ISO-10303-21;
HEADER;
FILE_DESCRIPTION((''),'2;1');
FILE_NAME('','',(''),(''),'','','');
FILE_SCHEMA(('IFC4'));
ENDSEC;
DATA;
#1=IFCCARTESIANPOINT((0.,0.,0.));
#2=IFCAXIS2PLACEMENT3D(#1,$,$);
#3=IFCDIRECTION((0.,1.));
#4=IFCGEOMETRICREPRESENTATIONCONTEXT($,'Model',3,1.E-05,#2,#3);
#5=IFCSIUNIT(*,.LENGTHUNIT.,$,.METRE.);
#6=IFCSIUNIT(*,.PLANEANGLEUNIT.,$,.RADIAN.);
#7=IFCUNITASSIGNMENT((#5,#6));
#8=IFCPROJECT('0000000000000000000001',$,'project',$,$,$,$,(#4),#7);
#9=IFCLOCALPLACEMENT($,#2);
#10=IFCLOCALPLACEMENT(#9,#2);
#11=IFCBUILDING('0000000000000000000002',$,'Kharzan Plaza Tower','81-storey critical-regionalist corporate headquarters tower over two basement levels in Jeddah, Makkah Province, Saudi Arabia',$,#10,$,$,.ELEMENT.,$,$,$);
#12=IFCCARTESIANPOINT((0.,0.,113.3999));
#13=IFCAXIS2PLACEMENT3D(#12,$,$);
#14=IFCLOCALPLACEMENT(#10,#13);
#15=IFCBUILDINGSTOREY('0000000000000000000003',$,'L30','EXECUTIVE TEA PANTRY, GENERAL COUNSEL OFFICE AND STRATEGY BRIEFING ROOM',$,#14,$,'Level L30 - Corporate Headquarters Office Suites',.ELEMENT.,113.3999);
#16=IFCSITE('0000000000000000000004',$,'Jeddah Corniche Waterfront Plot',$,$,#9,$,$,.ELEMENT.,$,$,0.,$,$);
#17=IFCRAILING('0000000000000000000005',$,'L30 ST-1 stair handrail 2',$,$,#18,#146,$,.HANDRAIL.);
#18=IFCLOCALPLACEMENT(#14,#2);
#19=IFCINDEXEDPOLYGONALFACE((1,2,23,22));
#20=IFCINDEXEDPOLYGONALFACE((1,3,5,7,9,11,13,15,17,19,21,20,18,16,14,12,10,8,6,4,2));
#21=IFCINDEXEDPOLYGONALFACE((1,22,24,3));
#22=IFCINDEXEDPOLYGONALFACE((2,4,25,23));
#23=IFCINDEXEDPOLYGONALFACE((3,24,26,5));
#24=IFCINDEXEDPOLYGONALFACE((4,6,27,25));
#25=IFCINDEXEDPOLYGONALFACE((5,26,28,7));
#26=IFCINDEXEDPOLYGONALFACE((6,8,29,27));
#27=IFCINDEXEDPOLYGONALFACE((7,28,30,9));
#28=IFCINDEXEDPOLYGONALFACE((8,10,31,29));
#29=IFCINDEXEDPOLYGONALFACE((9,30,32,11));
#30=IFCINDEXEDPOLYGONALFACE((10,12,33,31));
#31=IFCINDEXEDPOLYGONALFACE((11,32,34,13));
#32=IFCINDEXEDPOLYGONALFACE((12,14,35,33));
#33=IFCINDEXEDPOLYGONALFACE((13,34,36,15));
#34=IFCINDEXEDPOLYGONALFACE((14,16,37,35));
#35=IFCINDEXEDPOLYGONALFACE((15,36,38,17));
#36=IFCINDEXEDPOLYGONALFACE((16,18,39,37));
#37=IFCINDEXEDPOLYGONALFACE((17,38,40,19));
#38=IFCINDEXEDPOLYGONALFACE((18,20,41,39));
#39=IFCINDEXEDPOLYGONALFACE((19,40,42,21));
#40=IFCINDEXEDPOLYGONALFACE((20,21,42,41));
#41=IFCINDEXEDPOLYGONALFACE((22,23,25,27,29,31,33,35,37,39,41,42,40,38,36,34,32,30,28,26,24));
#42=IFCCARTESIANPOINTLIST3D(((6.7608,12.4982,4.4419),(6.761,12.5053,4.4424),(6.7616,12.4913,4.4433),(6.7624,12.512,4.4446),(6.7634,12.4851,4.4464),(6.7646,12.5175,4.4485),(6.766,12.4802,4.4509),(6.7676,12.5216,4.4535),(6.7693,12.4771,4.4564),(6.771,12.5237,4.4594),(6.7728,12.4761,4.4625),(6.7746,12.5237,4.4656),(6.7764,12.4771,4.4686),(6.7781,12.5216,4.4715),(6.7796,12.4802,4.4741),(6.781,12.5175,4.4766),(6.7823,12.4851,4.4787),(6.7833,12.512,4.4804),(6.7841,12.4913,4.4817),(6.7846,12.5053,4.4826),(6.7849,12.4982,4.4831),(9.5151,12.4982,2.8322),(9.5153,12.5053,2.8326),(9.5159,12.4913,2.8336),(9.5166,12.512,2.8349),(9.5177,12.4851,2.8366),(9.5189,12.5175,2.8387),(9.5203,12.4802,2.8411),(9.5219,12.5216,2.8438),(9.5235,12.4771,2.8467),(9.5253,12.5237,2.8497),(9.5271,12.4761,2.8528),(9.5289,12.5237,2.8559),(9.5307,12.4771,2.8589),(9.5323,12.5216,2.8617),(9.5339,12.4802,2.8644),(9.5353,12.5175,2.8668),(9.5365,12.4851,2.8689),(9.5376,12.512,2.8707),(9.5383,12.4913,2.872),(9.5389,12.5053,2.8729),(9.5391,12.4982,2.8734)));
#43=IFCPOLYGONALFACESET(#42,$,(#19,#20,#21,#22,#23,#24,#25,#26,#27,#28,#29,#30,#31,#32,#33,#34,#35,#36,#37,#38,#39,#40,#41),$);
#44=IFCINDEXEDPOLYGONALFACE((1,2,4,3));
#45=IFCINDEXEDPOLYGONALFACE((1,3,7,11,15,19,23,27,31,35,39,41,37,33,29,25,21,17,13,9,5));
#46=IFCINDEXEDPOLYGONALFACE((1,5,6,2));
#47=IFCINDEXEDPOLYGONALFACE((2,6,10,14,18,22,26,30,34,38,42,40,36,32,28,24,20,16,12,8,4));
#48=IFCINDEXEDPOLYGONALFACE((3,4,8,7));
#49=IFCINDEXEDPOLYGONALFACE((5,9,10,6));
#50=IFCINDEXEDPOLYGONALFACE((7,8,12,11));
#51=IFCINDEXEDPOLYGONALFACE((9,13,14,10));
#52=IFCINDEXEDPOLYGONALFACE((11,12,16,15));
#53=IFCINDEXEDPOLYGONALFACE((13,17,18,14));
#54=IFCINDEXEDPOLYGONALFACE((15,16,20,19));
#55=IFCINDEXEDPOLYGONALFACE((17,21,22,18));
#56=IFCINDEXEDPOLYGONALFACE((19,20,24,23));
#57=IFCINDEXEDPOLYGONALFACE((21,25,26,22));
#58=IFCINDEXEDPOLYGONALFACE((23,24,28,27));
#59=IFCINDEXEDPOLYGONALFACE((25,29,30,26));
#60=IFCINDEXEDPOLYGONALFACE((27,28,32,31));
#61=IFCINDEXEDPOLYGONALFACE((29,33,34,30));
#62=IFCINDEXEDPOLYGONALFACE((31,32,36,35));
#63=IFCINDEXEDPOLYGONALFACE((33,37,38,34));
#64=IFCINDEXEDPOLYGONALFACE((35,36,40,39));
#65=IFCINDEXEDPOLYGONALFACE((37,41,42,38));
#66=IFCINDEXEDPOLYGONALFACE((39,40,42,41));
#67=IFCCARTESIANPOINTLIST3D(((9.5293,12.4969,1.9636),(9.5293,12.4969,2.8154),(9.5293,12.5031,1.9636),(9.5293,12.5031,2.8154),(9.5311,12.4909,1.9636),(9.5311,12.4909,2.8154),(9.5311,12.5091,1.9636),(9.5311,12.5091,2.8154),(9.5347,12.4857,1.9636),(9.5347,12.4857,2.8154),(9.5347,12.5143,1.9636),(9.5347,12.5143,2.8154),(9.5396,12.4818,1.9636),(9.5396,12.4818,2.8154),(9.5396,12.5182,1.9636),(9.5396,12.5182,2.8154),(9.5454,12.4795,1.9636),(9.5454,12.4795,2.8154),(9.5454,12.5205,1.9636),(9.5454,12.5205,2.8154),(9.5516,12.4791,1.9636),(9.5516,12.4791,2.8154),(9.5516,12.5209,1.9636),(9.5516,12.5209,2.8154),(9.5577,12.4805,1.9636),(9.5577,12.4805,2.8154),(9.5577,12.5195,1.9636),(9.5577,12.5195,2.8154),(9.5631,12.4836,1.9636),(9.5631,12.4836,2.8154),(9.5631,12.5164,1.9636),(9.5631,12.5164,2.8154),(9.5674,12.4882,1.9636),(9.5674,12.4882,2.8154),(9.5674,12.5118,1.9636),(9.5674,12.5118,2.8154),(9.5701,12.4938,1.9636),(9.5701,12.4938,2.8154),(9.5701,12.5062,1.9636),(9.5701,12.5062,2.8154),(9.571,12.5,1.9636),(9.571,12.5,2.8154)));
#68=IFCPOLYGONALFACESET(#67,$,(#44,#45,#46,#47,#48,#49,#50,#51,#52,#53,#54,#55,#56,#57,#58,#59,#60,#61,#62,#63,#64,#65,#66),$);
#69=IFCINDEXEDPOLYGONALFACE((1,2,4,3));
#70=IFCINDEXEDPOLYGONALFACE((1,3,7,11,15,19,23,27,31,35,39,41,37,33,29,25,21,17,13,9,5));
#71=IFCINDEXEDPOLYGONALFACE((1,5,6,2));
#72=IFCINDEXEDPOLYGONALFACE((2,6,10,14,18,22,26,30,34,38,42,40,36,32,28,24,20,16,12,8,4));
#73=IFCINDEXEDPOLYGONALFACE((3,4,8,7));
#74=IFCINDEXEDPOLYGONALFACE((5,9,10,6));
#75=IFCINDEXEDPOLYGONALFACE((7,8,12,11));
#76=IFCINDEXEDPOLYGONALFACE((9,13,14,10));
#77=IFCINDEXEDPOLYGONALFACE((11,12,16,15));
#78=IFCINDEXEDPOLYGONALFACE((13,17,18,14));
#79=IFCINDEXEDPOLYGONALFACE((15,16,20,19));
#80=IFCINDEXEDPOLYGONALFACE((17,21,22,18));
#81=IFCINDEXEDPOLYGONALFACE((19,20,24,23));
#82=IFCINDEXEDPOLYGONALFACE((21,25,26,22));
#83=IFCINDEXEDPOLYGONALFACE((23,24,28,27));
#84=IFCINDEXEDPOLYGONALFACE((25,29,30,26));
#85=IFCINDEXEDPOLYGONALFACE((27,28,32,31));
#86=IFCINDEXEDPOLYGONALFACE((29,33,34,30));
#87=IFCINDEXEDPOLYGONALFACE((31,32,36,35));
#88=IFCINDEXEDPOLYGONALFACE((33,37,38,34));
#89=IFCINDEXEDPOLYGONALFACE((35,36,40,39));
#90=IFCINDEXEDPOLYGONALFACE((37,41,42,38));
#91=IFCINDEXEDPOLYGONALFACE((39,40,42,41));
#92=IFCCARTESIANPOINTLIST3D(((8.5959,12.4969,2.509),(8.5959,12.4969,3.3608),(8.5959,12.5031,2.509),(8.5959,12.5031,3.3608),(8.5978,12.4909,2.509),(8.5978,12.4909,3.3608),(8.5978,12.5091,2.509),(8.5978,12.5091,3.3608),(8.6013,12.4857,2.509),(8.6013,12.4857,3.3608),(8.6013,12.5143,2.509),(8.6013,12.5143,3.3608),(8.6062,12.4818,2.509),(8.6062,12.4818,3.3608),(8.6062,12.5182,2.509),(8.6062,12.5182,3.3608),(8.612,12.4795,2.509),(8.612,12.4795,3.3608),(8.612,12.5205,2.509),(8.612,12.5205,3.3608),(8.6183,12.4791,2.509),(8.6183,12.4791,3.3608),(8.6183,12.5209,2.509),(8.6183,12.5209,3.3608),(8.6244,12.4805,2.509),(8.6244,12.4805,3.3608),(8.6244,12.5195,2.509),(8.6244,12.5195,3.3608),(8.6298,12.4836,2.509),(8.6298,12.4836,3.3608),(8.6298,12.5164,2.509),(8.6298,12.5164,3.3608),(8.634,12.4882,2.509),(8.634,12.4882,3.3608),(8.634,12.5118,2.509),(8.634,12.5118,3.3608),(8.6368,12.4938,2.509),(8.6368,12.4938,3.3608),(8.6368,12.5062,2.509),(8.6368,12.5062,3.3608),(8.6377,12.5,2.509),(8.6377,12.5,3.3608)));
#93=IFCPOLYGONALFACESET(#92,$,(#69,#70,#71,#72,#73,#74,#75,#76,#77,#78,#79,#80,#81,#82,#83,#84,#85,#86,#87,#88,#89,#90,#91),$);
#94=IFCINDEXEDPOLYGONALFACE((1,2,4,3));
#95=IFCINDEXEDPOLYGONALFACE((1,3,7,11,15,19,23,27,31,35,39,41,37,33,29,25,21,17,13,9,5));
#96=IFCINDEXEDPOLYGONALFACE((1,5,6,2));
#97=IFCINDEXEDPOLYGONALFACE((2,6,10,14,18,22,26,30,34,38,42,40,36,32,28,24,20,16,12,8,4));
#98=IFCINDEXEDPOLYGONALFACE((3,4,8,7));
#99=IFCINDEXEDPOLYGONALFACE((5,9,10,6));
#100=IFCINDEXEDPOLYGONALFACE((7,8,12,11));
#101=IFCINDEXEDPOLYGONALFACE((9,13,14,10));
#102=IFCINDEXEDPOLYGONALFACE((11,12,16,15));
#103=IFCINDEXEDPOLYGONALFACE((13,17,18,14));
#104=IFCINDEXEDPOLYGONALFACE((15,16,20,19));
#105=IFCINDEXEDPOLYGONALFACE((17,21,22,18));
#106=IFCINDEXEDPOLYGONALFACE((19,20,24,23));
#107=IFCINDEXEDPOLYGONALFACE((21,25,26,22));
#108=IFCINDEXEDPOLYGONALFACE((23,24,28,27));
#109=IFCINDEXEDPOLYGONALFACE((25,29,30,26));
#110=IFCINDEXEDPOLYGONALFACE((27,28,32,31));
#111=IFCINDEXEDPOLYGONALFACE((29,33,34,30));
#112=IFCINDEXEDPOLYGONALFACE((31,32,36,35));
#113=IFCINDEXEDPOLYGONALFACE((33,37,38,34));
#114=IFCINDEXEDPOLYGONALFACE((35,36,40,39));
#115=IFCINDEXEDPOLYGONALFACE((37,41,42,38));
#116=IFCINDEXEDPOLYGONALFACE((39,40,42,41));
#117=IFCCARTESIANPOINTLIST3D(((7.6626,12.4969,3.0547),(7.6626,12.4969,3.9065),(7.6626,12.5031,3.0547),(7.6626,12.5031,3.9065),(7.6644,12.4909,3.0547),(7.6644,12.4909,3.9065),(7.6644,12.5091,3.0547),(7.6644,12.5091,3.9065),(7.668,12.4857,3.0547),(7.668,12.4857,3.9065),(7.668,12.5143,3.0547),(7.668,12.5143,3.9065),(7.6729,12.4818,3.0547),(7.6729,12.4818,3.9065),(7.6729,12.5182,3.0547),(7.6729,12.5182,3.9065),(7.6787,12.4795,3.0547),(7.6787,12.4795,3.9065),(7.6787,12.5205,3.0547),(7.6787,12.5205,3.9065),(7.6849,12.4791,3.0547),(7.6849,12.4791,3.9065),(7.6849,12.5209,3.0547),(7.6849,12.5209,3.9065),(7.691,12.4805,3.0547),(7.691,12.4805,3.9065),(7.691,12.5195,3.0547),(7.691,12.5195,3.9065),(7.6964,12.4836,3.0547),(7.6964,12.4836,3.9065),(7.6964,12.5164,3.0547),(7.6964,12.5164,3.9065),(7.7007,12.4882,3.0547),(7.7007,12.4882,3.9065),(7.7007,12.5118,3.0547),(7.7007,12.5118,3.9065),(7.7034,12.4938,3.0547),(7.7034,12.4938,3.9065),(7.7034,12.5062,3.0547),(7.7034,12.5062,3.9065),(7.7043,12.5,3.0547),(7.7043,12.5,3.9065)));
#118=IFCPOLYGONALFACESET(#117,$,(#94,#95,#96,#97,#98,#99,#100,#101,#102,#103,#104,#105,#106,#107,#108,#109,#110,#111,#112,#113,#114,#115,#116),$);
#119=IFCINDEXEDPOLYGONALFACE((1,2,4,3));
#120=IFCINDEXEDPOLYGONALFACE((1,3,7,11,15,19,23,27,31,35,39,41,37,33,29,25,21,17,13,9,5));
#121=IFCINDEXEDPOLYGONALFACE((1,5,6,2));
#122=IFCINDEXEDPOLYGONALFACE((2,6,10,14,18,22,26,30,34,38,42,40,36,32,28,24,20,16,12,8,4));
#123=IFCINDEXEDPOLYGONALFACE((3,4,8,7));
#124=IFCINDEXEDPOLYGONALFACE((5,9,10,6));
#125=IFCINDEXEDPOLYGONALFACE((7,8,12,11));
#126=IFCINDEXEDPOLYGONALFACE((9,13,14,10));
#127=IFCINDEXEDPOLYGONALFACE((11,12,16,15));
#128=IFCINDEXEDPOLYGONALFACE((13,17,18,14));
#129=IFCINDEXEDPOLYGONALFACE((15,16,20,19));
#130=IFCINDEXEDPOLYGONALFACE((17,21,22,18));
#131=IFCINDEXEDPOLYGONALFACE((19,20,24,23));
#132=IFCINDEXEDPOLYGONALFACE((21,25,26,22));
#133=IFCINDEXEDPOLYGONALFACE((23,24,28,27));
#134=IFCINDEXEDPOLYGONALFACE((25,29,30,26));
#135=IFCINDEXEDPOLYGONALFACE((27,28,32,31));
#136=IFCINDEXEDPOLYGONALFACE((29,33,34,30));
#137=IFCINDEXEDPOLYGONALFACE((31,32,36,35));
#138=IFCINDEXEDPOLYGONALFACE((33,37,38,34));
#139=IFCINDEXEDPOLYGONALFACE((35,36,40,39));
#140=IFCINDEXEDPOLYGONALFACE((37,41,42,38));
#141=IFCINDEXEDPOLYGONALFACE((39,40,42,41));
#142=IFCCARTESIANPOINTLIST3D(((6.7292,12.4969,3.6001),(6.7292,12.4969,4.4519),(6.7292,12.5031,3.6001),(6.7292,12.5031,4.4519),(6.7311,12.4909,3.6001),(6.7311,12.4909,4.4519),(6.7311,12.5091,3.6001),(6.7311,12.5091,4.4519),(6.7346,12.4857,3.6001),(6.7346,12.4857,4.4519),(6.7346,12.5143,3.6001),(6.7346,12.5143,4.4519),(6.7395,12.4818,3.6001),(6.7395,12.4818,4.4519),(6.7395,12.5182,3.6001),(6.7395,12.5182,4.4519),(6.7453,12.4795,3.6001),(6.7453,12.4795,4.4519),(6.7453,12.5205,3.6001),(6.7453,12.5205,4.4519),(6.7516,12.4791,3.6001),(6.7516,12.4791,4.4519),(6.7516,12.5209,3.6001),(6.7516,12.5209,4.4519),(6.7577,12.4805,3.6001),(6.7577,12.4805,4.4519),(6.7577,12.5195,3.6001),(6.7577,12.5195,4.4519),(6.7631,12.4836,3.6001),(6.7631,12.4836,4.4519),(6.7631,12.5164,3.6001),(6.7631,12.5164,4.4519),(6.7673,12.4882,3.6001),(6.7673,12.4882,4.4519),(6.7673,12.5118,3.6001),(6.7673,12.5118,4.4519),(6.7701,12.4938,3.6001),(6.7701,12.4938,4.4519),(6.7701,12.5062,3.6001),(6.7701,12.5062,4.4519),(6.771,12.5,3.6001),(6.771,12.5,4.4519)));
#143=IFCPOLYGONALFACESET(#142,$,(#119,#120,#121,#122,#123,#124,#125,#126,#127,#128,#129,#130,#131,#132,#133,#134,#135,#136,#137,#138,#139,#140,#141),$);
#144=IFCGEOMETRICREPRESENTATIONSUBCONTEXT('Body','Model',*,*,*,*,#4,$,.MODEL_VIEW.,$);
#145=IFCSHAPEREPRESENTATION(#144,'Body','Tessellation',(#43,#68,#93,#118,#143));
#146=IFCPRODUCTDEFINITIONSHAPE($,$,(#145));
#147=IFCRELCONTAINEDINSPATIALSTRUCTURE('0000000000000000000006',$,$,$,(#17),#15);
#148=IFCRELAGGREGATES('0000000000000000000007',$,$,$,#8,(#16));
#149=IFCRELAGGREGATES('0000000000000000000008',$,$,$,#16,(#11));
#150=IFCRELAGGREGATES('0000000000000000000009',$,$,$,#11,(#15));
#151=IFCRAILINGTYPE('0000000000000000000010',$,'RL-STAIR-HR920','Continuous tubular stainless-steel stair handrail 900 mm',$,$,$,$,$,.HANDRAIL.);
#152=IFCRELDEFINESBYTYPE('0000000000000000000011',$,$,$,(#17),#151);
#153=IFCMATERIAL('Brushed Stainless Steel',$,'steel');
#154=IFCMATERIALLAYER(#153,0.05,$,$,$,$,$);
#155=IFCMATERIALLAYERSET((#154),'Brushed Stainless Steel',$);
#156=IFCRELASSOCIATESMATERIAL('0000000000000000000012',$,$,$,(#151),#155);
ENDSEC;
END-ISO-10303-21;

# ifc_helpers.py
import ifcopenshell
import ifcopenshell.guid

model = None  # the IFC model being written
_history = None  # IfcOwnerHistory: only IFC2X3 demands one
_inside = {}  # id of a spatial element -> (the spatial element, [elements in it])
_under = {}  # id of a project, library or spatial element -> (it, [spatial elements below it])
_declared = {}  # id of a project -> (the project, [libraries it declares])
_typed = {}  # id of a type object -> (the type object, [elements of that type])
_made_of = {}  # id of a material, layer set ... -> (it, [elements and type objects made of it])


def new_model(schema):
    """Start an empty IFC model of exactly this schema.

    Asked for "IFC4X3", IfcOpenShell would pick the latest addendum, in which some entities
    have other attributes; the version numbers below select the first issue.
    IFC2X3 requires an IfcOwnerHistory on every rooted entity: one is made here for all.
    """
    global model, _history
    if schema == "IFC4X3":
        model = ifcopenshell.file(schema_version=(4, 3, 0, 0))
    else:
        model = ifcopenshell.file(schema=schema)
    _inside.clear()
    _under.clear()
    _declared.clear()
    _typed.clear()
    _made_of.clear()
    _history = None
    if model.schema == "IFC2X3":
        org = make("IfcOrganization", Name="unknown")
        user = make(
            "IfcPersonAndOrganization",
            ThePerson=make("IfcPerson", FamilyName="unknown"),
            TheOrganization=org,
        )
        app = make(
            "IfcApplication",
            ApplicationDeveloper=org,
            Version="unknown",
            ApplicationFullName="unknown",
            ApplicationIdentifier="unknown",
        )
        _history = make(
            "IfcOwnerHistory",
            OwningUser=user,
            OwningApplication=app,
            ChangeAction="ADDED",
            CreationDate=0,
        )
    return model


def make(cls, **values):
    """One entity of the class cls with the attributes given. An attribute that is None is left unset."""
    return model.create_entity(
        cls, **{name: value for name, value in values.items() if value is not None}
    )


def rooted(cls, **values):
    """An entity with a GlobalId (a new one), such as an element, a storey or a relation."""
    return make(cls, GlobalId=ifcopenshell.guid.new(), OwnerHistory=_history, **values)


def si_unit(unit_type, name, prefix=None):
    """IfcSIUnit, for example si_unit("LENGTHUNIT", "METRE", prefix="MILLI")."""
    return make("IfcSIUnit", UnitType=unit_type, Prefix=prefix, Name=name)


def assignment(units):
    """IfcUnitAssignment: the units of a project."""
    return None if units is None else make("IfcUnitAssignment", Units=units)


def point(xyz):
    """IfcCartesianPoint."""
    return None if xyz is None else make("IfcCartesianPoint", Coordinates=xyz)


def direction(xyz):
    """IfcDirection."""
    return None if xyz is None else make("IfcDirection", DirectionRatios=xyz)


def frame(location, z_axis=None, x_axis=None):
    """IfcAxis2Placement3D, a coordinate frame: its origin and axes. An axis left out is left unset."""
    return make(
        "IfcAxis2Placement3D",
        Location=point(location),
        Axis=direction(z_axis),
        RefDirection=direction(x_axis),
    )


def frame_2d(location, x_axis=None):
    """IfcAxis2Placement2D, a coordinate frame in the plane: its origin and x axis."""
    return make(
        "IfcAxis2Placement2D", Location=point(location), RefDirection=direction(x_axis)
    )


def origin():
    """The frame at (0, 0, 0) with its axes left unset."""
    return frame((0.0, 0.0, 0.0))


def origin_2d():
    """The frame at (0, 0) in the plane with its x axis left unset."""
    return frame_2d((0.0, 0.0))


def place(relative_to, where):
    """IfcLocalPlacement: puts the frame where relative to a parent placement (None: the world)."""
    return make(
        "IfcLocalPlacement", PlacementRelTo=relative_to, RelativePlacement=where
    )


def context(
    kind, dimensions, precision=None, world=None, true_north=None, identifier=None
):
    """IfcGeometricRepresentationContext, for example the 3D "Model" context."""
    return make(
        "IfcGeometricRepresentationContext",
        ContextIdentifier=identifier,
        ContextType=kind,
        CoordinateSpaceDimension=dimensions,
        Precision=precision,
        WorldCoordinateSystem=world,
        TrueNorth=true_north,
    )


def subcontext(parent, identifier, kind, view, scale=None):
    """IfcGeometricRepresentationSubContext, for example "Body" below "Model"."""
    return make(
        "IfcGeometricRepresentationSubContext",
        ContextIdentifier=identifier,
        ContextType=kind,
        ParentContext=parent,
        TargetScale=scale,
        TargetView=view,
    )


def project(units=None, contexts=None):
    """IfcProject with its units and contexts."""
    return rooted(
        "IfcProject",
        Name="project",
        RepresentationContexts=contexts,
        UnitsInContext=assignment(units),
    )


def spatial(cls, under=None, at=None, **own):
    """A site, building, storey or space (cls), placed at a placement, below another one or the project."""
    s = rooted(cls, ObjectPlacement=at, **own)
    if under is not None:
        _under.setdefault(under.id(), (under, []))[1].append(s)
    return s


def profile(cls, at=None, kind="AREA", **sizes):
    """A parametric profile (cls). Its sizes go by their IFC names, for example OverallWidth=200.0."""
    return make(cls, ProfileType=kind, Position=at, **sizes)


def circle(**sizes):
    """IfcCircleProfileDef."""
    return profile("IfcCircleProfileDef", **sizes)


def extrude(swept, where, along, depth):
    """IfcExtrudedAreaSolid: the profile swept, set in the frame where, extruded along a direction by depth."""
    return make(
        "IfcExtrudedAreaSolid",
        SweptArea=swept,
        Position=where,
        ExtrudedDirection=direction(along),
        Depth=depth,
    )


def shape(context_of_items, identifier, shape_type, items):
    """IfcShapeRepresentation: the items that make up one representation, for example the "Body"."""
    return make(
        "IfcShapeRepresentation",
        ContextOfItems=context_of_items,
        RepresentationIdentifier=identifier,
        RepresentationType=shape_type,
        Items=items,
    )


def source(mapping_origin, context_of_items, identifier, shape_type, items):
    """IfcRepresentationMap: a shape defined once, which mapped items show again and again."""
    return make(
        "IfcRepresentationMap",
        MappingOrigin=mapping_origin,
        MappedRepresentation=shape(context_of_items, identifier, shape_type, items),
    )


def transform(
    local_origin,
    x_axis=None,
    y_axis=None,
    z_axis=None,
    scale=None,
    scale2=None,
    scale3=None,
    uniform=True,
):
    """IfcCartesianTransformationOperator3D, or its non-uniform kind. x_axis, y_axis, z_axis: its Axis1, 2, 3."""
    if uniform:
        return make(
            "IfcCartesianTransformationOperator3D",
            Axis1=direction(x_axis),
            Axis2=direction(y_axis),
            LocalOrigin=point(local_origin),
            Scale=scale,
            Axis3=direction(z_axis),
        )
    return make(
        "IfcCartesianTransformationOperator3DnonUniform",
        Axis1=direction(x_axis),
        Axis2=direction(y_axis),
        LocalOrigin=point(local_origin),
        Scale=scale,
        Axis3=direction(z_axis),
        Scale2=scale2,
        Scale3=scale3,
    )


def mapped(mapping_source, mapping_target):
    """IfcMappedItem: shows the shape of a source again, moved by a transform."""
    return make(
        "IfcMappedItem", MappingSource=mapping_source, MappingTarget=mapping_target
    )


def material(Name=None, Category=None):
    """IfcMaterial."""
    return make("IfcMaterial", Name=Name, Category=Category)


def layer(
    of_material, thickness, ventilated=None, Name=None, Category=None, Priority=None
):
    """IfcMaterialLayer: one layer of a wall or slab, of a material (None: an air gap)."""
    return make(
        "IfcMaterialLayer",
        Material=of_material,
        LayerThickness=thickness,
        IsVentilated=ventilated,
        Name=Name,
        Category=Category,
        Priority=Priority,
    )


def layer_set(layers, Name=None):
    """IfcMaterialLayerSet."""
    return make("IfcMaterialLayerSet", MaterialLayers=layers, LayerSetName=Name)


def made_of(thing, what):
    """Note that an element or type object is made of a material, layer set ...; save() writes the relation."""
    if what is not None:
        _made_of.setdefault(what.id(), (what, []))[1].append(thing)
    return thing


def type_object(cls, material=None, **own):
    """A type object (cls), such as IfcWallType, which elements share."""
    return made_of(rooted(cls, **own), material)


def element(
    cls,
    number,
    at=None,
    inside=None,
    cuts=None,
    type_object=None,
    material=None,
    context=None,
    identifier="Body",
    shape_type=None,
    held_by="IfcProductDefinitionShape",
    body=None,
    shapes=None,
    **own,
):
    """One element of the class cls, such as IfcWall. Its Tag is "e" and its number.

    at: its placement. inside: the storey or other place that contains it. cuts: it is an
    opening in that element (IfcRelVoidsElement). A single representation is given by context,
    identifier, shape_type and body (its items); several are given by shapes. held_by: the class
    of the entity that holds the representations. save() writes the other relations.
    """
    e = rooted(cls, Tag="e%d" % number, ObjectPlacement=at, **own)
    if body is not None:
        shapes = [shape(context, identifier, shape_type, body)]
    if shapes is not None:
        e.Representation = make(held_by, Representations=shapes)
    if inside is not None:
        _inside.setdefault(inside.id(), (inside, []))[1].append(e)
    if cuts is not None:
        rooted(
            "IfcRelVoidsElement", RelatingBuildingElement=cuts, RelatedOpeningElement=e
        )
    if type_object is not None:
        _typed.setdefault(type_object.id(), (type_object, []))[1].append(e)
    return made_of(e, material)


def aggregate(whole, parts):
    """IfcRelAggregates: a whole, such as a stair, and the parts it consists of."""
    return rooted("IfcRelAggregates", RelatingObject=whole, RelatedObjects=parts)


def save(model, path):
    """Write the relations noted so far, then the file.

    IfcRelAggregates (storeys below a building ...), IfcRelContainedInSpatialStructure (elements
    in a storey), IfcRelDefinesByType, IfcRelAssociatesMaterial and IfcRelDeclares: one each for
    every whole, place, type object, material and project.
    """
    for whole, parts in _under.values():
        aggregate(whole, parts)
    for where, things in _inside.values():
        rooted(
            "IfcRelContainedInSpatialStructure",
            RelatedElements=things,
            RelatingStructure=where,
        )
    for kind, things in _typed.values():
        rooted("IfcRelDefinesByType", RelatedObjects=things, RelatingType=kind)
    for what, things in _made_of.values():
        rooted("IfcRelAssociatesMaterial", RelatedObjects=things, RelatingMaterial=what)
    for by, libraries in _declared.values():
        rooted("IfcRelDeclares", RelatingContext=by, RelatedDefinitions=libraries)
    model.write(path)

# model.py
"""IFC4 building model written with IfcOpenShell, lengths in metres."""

from ifc_helpers import new_model, si_unit, direction, frame, origin, origin_2d, place, context, subcontext, project, spatial, circle, extrude, source, transform, mapped, material, layer, layer_set, type_object, element, save


model = new_model("IFC4")

# Units and contexts
model_context = context("Model", 3, precision=1e-05, world=origin(), true_north=direction((0.0, 1.0)))
body_context = subcontext(model_context, "Body", "Model", "MODEL_VIEW")
ifc_project = project(units=[si_unit("LENGTHUNIT", "METRE"), si_unit("PLANEANGLEUNIT", "RADIAN")], contexts=[model_context])

# Site, building, storey
site_placement = place(None, origin())
site = spatial("IfcSite", under=ifc_project, at=site_placement, Name="Jeddah Corniche Waterfront Plot", CompositionType="ELEMENT", RefElevation=0.0)
building_placement = place(site_placement, origin())
building = spatial("IfcBuilding", under=site, at=building_placement, Name="Kharzan Plaza Tower", Description="81-storey critical-regionalist corporate headquarters tower over two basement levels in Jeddah, Makkah Province, Saudi Arabia", CompositionType="ELEMENT")
storey_placement = place(building_placement, frame((0.0, 0.0, 113.3999)))
storey = spatial("IfcBuildingStorey", under=building, at=storey_placement, Name="L30", Description="EXECUTIVE TEA PANTRY, GENERAL COUNSEL OFFICE AND STRATEGY BRIEFING ROOM", LongName="Level L30 - Corporate Headquarters Office Suites", CompositionType="ELEMENT", Elevation=113.3999)

# Shared definitions
ifc_material_1 = material(Name="Brushed Stainless Steel", Category="steel")

# Railing
ifc_layer_1 = layer(ifc_material_1, 0.05)
ifc_layer_set_1 = layer_set([ifc_layer_1], Name="Brushed Stainless Steel")
railing_type_1 = type_object("IfcRailingType", Name="RL-STAIR-HR920", Description="Continuous tubular stainless-steel stair handrail 900 mm", PredefinedType="HANDRAIL", material=ifc_layer_set_1)
shared_shape_1 = source(origin(), body_context, "Body", "SweptSolid", [
    extrude(circle(Radius=0.0239, at=origin_2d()), frame((-0.0229, 0.0, 0.8892), z_axis=(-0.863361, 0.0, 0.504587), x_axis=(0.0, -1.0, 0.0)), (0.0, 0.0, 1.0), 3.1902),
    extrude(circle(Radius=0.021, at=origin_2d()), origin(), (0.0, 0.0, 1.0), 0.8518),
    extrude(circle(Radius=0.021, at=origin_2d()), frame((-0.9333, 0.0, 0.5454)), (0.0, 0.0, 1.0), 0.8518),
    extrude(circle(Radius=0.021, at=origin_2d()), frame((-1.8667, 0.0, 1.0911)), (0.0, 0.0, 1.0), 0.8518),
    extrude(circle(Radius=0.021, at=origin_2d()), frame((-2.8, 0.0, 1.6365)), (0.0, 0.0, 1.0), 0.8518),
])
railing_1_placement = place(storey_placement, frame((9.55, 12.5, 1.9636)))
element("IfcRailing", 1, at=railing_1_placement, inside=storey, type_object=railing_type_1, Name="L30 ST-1 stair handrail 2", PredefinedType="HANDRAIL", context=body_context, shape_type="MappedRepresentation", body=[
    mapped(shared_shape_1, transform((0.0, 0.0, 0.0), x_axis=(1.0, 0.0, 0.0), y_axis=(0.0, 1.0, 0.0), z_axis=(0.0, 0.0, 1.0))),
])

save(model, "model.ifc")
